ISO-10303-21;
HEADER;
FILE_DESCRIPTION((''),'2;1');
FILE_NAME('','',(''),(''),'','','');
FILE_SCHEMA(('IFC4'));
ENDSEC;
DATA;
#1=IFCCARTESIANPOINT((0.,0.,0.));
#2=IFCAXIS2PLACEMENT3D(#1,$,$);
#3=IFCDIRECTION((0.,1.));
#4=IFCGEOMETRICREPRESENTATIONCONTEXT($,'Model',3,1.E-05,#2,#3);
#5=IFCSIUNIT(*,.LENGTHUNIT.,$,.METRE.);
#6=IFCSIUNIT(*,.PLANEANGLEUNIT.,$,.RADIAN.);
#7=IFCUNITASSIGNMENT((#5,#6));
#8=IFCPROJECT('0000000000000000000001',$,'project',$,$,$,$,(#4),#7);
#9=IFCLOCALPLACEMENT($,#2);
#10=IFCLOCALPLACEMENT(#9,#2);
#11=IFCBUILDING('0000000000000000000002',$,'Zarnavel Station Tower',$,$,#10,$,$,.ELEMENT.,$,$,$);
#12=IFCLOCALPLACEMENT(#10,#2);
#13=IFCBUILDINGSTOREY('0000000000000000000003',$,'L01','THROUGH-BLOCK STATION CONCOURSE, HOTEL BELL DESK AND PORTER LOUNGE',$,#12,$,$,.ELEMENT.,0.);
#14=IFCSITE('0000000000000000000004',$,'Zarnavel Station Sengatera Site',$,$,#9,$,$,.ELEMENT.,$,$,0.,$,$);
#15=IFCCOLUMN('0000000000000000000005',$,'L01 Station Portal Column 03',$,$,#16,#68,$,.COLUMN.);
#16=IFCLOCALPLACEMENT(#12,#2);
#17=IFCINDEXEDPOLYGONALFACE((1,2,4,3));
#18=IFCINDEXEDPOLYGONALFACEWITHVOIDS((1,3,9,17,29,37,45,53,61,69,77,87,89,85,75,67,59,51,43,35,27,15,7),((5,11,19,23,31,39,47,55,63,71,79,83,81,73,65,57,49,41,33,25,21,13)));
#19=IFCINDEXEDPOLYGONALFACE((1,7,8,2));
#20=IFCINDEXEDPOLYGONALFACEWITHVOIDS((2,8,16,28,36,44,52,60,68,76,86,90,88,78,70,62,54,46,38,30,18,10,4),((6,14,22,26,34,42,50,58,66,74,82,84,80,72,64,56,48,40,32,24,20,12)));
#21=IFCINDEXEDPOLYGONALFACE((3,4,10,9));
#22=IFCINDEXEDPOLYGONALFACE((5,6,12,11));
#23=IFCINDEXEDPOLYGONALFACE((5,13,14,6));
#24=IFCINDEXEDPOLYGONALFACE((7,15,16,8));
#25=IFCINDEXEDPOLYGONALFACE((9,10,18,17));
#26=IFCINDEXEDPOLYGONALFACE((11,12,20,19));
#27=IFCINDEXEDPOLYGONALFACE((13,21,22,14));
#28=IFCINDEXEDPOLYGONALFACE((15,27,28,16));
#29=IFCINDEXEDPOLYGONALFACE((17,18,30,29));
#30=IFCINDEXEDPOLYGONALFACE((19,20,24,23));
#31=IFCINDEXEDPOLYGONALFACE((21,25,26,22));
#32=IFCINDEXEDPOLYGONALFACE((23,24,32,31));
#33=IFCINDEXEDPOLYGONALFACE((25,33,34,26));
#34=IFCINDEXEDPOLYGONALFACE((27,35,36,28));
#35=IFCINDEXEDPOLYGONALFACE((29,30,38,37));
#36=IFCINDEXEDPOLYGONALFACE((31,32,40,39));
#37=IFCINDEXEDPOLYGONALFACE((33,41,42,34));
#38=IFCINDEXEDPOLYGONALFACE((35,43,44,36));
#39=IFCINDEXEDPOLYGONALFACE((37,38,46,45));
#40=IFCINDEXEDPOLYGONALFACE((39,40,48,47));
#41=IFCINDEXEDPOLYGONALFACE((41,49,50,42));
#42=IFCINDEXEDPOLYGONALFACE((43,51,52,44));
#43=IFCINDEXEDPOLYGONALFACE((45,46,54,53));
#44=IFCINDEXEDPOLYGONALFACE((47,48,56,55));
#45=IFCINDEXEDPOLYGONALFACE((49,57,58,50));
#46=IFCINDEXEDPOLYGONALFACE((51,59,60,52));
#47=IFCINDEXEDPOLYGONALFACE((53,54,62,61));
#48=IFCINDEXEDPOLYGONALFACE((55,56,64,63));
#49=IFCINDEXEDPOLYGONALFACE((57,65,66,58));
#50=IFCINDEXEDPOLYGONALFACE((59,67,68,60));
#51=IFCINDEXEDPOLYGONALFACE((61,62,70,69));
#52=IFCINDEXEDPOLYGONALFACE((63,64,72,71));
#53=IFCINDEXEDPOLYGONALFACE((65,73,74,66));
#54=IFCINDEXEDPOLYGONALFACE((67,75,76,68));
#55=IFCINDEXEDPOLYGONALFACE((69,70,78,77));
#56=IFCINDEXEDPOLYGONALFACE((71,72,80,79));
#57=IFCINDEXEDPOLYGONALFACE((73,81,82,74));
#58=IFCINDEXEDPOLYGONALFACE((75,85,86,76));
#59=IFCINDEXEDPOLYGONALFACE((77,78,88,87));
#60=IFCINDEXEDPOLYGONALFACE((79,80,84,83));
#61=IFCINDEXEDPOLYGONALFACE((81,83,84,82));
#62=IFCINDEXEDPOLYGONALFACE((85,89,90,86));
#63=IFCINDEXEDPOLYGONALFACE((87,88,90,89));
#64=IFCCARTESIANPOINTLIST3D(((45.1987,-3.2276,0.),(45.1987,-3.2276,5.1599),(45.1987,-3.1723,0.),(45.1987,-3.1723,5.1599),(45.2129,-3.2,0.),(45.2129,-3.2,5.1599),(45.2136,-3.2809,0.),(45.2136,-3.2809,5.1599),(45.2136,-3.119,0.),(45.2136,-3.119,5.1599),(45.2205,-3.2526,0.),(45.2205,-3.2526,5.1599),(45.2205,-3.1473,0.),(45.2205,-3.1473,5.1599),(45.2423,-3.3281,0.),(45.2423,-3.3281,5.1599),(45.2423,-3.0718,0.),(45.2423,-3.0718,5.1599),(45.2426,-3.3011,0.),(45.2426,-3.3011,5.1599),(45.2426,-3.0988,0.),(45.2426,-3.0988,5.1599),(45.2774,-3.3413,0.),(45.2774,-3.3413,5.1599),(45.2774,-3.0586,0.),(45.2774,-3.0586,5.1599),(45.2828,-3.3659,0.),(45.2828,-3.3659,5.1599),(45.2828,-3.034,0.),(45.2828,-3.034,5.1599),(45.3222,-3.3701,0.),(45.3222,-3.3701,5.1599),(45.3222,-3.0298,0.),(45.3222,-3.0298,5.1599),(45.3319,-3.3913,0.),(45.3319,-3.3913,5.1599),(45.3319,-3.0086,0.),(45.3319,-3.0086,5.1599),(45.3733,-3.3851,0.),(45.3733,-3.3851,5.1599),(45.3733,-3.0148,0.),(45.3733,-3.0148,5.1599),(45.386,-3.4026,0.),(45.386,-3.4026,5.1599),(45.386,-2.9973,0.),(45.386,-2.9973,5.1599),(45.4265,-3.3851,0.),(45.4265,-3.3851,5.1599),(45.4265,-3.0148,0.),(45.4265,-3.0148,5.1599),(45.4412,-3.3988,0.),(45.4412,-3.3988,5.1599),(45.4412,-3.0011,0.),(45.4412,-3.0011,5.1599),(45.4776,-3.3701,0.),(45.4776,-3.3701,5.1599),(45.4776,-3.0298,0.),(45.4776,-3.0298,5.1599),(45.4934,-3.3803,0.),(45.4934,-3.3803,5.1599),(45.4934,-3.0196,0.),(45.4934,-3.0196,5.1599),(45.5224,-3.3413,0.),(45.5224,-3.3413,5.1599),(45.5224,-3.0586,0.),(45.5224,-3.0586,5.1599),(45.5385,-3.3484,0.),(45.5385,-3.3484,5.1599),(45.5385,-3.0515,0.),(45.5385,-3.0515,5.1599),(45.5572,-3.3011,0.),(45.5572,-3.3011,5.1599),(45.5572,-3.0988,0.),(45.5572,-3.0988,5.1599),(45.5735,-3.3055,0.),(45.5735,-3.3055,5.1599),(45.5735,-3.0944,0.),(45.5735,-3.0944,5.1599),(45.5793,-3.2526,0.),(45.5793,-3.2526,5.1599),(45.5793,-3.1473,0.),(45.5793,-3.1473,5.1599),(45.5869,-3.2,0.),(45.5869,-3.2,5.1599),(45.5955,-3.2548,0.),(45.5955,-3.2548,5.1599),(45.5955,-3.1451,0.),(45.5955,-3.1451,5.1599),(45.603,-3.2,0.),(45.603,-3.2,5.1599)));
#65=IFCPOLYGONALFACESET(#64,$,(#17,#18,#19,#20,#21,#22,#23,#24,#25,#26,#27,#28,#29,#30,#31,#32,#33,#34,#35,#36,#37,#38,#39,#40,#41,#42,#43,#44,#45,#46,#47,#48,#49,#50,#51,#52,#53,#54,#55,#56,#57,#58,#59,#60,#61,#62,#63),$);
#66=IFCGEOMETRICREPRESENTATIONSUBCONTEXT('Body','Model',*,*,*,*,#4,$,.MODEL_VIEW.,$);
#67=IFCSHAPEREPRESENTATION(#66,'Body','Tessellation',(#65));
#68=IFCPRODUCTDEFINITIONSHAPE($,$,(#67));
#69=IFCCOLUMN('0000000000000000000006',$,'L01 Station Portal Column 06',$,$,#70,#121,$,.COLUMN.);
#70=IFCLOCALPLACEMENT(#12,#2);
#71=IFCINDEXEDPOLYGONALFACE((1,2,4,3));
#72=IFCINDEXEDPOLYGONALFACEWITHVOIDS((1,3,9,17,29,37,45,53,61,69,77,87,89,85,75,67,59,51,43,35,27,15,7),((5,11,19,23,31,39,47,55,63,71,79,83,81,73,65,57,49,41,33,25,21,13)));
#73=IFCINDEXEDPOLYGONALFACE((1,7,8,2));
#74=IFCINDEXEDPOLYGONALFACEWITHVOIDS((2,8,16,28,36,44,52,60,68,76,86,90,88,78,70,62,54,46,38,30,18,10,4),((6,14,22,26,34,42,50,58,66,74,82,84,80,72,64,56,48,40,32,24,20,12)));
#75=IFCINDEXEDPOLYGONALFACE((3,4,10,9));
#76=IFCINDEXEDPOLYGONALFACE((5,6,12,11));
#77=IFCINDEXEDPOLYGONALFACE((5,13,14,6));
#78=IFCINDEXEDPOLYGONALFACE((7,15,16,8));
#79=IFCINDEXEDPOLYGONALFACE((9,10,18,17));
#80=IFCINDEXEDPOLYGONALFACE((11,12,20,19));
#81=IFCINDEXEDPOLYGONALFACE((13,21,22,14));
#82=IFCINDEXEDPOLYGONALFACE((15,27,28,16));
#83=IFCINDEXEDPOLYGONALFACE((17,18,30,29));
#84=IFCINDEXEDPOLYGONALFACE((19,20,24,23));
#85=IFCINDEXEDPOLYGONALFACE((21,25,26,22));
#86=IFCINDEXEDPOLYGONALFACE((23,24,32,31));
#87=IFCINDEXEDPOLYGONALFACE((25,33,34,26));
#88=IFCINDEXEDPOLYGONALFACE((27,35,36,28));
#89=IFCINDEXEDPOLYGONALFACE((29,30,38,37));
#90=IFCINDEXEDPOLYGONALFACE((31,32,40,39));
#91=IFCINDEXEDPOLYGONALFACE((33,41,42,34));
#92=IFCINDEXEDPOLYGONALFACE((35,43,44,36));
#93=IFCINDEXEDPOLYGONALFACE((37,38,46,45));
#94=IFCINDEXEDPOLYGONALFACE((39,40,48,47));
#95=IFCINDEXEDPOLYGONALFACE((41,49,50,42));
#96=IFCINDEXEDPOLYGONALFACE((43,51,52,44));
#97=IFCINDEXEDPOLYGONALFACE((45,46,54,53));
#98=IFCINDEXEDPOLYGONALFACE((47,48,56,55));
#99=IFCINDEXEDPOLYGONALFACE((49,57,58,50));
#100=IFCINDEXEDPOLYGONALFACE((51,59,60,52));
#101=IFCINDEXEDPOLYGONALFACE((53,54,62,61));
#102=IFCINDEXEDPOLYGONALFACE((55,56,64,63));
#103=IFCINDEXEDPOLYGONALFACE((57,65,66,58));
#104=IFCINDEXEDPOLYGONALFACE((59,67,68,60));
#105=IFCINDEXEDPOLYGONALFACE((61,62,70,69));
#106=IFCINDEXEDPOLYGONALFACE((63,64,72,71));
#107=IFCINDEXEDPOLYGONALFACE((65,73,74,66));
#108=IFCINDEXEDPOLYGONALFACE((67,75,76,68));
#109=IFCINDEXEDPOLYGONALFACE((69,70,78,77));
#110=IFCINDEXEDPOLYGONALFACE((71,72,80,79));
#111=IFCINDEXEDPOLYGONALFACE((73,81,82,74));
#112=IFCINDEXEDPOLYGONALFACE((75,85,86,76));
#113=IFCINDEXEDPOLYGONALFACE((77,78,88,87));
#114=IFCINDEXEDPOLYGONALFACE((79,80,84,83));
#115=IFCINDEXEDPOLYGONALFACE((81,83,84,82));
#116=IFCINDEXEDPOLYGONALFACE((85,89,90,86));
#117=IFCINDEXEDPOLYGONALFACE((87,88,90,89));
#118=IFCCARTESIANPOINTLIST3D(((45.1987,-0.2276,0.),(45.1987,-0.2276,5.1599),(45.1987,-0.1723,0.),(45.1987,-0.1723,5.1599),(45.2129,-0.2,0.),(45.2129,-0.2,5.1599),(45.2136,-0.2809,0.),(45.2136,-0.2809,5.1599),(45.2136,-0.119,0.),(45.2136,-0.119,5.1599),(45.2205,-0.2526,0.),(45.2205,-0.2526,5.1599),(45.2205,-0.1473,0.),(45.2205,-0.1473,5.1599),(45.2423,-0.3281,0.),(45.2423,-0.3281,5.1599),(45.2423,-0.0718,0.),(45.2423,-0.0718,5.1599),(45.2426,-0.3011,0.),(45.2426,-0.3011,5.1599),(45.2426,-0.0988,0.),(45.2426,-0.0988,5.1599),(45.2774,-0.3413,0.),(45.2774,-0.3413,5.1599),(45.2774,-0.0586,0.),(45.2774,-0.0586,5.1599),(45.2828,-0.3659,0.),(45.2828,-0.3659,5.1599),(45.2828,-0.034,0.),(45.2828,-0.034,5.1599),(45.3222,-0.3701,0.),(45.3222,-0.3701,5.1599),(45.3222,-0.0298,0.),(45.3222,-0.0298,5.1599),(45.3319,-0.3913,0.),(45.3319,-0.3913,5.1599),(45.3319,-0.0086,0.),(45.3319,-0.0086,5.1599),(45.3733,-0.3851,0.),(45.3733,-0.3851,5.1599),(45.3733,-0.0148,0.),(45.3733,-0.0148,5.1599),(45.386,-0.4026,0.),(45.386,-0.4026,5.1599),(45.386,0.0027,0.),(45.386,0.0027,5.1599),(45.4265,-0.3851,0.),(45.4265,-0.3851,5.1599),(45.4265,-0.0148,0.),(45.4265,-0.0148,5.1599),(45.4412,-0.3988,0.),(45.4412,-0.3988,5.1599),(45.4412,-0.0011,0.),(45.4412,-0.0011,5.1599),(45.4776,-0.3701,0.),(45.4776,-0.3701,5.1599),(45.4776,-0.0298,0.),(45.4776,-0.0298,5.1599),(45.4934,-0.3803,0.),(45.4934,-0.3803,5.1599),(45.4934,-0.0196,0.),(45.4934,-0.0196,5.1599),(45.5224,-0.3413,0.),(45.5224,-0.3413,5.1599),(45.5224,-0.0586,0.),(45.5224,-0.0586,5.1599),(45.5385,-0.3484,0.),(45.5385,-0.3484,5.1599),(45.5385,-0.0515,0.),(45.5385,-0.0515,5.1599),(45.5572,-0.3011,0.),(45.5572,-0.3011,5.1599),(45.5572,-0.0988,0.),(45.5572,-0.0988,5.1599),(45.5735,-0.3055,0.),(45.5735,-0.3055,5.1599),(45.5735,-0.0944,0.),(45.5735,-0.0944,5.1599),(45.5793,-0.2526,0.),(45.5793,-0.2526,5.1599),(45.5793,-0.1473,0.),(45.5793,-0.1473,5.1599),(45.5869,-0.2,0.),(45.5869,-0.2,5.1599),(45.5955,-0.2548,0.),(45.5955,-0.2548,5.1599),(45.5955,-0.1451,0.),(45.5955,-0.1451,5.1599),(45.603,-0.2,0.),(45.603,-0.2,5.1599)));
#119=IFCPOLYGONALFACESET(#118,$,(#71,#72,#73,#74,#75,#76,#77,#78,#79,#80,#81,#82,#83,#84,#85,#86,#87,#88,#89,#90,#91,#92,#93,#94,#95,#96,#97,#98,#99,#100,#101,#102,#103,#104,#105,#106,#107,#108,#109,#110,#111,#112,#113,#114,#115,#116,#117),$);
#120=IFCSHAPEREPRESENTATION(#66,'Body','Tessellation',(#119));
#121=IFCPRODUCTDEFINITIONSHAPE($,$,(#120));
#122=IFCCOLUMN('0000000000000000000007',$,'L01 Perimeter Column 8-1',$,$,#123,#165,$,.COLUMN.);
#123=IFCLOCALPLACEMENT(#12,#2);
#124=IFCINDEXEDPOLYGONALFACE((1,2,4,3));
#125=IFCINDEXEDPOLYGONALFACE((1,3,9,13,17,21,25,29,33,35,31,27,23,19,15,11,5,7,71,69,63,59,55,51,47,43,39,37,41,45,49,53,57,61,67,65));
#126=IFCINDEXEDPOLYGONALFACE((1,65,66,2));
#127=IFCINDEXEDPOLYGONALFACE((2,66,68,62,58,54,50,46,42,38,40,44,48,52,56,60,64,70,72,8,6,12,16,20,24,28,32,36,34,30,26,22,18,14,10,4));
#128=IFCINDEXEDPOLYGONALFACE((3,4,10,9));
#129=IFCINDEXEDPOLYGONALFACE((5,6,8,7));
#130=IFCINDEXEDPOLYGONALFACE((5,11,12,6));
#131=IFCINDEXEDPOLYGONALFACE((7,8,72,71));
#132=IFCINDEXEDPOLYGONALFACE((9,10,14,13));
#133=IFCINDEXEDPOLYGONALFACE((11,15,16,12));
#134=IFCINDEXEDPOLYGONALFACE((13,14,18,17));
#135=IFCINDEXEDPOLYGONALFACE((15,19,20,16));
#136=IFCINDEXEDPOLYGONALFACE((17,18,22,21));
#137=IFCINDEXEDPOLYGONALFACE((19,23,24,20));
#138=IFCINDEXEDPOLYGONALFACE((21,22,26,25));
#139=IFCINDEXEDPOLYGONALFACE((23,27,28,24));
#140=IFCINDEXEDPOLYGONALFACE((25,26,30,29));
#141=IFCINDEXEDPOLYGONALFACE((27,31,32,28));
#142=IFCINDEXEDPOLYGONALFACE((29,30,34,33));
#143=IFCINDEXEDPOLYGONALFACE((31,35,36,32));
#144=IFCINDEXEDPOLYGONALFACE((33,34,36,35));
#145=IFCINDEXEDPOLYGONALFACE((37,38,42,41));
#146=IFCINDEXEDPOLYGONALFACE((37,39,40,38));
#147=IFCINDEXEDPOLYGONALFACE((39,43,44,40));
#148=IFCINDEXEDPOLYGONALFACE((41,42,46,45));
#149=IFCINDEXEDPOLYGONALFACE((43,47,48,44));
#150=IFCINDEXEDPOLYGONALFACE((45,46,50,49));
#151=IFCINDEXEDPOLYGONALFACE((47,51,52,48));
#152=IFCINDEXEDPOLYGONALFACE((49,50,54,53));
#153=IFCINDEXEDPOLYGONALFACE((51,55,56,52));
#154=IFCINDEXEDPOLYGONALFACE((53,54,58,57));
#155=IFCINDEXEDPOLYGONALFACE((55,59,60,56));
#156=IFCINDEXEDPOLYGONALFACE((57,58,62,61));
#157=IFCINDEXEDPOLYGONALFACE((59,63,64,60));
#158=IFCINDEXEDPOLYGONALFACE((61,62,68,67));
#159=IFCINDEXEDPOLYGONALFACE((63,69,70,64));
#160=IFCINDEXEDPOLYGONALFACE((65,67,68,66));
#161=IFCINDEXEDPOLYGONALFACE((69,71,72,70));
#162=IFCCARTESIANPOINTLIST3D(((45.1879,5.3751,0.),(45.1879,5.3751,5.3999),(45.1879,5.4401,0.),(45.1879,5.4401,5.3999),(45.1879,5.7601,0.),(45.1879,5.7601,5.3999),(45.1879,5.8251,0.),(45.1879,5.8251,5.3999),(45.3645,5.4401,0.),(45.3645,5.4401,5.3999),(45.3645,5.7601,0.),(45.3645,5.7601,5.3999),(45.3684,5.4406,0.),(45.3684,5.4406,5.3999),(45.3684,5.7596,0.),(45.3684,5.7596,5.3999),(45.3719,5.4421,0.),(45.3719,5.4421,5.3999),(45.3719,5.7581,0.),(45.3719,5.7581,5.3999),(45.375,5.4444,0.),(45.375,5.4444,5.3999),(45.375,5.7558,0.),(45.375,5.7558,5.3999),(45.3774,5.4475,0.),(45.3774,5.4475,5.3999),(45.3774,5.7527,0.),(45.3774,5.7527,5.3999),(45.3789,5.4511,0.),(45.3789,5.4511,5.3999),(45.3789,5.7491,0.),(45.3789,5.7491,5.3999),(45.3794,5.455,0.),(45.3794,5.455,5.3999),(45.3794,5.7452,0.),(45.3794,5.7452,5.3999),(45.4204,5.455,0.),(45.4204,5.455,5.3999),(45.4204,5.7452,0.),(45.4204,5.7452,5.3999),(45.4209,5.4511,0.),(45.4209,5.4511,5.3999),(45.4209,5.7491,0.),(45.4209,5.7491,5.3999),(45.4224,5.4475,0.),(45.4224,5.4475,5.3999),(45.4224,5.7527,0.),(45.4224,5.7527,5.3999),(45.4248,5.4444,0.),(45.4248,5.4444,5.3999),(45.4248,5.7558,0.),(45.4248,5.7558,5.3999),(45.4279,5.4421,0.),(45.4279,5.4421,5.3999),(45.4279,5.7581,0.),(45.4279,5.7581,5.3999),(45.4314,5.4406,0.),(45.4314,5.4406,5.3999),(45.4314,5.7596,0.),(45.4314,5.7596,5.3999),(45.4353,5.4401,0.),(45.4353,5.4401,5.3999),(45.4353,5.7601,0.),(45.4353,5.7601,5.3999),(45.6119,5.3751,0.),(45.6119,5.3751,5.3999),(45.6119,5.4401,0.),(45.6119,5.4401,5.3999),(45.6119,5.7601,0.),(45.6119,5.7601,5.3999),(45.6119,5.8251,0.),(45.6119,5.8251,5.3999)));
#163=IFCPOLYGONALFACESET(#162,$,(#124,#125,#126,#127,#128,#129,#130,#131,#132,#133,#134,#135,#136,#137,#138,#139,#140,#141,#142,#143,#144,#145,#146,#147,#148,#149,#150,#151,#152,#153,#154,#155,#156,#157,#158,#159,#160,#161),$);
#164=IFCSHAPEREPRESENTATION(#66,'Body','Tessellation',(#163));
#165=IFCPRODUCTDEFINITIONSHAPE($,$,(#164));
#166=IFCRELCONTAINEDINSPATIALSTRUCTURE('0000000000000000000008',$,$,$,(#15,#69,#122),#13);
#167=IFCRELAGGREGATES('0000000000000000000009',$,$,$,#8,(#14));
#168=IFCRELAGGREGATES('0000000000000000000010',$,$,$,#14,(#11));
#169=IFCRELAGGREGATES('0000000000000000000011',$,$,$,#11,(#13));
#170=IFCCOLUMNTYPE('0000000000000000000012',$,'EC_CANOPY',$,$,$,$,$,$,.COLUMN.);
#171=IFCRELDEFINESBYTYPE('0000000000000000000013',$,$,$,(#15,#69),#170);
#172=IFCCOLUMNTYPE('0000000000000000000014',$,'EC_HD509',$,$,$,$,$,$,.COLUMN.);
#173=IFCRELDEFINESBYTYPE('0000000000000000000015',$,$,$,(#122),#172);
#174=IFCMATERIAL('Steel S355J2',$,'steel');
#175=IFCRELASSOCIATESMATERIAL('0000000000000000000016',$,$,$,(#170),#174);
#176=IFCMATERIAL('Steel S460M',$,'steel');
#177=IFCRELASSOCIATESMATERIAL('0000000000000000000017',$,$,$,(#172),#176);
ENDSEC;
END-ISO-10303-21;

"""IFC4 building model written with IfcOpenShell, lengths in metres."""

from ifc_helpers import new_model, si_unit, direction, frame, origin, origin_2d, place, context, subcontext, project, spatial, hollow_circle, i_section, extrude, material, material_profile, profile_set, type_object, element, save


model = new_model("IFC4")

# Units and contexts
model_context = context("Model", 3, precision=1e-05, world=origin(), true_north=direction((0.0, 1.0)))
body_context = subcontext(model_context, "Body", "Model", "MODEL_VIEW")
ifc_project = project(units=[si_unit("LENGTHUNIT", "METRE"), si_unit("PLANEANGLEUNIT", "RADIAN")], contexts=[model_context])

# Site, building, storey
site_placement = place(None, origin())
site = spatial("IfcSite", under=ifc_project, at=site_placement, Name="Zarnavel Station Sengatera Site", CompositionType="ELEMENT", RefElevation=0.0)
building_placement = place(site_placement, origin())
building = spatial("IfcBuilding", under=site, at=building_placement, Name="Zarnavel Station Tower", CompositionType="ELEMENT")
storey_placement = place(building_placement, origin())
storey = spatial("IfcBuildingStorey", under=building, at=storey_placement, Name="L01", Description="THROUGH-BLOCK STATION CONCOURSE, HOTEL BELL DESK AND PORTER LOUNGE", CompositionType="ELEMENT", Elevation=0.0)

# Columns
ifc_material_1 = material(Name="Steel S355J2", Category="steel")
ifc_material_profile_1 = material_profile(ifc_material_1, hollow_circle(Radius=0.2031, WallThickness=0.0161, at=origin_2d()), Name="CHS406.4x16")
ifc_profile_set_1 = profile_set([ifc_material_profile_1], Name="Steel S355J2")
column_type_1 = type_object("IfcColumnType", Name="EC_CANOPY", PredefinedType="COLUMN", material=ifc_profile_set_1)
for number, where, z_axis, x_axis, name in (
    (1, (45.3999, -3.2, 0.0), (0.0, 0.0, 1.0), (1.0, 0.0, 0.0), "L01 Station Portal Column 03"),
    (2, (45.3999, -0.2, 0.0), (0.0, 0.0, 1.0), (1.0, 0.0, 0.0), "L01 Station Portal Column 06"),
):
    element("IfcColumn", number, at=place(storey_placement, frame(where, z_axis=z_axis, x_axis=x_axis)), inside=storey, type_object=column_type_1, Name=name, PredefinedType="COLUMN", context=body_context, shape_type="SweptSolid", body=[
        extrude(hollow_circle(Radius=0.2031, WallThickness=0.0161, at=origin_2d()), origin(), (0.0, 0.0, 1.0), 5.1599),
    ])
ifc_material_2 = material(Name="Steel S460M", Category="steel")
ifc_material_profile_2 = material_profile(ifc_material_2, i_section(OverallWidth=0.4241, OverallDepth=0.45, WebThickness=0.041, FlangeThickness=0.0649, FilletRadius=0.0149, at=origin_2d()), Name="HD400x509")
ifc_profile_set_2 = profile_set([ifc_material_profile_2], Name="Steel S460M")
column_type_2 = type_object("IfcColumnType", Name="EC_HD509", PredefinedType="COLUMN", material=ifc_profile_set_2)
for number, where, z_axis, x_axis, name in (
    (3, (45.3999, 5.6001, 0.0), (0.0, 0.0, 1.0), (1.0, 0.0, 0.0), "L01 Perimeter Column 8-1"),
):
    element("IfcColumn", number, at=place(storey_placement, frame(where, z_axis=z_axis, x_axis=x_axis)), inside=storey, type_object=column_type_2, Name=name, PredefinedType="COLUMN", context=body_context, shape_type="SweptSolid", body=[
        extrude(i_section(OverallWidth=0.4241, OverallDepth=0.45, WebThickness=0.041, FlangeThickness=0.0649, FilletRadius=0.0149, at=origin_2d()), origin(), (0.0, 0.0, 1.0), 5.3999),
    ])

save(model, "model.ifc")
